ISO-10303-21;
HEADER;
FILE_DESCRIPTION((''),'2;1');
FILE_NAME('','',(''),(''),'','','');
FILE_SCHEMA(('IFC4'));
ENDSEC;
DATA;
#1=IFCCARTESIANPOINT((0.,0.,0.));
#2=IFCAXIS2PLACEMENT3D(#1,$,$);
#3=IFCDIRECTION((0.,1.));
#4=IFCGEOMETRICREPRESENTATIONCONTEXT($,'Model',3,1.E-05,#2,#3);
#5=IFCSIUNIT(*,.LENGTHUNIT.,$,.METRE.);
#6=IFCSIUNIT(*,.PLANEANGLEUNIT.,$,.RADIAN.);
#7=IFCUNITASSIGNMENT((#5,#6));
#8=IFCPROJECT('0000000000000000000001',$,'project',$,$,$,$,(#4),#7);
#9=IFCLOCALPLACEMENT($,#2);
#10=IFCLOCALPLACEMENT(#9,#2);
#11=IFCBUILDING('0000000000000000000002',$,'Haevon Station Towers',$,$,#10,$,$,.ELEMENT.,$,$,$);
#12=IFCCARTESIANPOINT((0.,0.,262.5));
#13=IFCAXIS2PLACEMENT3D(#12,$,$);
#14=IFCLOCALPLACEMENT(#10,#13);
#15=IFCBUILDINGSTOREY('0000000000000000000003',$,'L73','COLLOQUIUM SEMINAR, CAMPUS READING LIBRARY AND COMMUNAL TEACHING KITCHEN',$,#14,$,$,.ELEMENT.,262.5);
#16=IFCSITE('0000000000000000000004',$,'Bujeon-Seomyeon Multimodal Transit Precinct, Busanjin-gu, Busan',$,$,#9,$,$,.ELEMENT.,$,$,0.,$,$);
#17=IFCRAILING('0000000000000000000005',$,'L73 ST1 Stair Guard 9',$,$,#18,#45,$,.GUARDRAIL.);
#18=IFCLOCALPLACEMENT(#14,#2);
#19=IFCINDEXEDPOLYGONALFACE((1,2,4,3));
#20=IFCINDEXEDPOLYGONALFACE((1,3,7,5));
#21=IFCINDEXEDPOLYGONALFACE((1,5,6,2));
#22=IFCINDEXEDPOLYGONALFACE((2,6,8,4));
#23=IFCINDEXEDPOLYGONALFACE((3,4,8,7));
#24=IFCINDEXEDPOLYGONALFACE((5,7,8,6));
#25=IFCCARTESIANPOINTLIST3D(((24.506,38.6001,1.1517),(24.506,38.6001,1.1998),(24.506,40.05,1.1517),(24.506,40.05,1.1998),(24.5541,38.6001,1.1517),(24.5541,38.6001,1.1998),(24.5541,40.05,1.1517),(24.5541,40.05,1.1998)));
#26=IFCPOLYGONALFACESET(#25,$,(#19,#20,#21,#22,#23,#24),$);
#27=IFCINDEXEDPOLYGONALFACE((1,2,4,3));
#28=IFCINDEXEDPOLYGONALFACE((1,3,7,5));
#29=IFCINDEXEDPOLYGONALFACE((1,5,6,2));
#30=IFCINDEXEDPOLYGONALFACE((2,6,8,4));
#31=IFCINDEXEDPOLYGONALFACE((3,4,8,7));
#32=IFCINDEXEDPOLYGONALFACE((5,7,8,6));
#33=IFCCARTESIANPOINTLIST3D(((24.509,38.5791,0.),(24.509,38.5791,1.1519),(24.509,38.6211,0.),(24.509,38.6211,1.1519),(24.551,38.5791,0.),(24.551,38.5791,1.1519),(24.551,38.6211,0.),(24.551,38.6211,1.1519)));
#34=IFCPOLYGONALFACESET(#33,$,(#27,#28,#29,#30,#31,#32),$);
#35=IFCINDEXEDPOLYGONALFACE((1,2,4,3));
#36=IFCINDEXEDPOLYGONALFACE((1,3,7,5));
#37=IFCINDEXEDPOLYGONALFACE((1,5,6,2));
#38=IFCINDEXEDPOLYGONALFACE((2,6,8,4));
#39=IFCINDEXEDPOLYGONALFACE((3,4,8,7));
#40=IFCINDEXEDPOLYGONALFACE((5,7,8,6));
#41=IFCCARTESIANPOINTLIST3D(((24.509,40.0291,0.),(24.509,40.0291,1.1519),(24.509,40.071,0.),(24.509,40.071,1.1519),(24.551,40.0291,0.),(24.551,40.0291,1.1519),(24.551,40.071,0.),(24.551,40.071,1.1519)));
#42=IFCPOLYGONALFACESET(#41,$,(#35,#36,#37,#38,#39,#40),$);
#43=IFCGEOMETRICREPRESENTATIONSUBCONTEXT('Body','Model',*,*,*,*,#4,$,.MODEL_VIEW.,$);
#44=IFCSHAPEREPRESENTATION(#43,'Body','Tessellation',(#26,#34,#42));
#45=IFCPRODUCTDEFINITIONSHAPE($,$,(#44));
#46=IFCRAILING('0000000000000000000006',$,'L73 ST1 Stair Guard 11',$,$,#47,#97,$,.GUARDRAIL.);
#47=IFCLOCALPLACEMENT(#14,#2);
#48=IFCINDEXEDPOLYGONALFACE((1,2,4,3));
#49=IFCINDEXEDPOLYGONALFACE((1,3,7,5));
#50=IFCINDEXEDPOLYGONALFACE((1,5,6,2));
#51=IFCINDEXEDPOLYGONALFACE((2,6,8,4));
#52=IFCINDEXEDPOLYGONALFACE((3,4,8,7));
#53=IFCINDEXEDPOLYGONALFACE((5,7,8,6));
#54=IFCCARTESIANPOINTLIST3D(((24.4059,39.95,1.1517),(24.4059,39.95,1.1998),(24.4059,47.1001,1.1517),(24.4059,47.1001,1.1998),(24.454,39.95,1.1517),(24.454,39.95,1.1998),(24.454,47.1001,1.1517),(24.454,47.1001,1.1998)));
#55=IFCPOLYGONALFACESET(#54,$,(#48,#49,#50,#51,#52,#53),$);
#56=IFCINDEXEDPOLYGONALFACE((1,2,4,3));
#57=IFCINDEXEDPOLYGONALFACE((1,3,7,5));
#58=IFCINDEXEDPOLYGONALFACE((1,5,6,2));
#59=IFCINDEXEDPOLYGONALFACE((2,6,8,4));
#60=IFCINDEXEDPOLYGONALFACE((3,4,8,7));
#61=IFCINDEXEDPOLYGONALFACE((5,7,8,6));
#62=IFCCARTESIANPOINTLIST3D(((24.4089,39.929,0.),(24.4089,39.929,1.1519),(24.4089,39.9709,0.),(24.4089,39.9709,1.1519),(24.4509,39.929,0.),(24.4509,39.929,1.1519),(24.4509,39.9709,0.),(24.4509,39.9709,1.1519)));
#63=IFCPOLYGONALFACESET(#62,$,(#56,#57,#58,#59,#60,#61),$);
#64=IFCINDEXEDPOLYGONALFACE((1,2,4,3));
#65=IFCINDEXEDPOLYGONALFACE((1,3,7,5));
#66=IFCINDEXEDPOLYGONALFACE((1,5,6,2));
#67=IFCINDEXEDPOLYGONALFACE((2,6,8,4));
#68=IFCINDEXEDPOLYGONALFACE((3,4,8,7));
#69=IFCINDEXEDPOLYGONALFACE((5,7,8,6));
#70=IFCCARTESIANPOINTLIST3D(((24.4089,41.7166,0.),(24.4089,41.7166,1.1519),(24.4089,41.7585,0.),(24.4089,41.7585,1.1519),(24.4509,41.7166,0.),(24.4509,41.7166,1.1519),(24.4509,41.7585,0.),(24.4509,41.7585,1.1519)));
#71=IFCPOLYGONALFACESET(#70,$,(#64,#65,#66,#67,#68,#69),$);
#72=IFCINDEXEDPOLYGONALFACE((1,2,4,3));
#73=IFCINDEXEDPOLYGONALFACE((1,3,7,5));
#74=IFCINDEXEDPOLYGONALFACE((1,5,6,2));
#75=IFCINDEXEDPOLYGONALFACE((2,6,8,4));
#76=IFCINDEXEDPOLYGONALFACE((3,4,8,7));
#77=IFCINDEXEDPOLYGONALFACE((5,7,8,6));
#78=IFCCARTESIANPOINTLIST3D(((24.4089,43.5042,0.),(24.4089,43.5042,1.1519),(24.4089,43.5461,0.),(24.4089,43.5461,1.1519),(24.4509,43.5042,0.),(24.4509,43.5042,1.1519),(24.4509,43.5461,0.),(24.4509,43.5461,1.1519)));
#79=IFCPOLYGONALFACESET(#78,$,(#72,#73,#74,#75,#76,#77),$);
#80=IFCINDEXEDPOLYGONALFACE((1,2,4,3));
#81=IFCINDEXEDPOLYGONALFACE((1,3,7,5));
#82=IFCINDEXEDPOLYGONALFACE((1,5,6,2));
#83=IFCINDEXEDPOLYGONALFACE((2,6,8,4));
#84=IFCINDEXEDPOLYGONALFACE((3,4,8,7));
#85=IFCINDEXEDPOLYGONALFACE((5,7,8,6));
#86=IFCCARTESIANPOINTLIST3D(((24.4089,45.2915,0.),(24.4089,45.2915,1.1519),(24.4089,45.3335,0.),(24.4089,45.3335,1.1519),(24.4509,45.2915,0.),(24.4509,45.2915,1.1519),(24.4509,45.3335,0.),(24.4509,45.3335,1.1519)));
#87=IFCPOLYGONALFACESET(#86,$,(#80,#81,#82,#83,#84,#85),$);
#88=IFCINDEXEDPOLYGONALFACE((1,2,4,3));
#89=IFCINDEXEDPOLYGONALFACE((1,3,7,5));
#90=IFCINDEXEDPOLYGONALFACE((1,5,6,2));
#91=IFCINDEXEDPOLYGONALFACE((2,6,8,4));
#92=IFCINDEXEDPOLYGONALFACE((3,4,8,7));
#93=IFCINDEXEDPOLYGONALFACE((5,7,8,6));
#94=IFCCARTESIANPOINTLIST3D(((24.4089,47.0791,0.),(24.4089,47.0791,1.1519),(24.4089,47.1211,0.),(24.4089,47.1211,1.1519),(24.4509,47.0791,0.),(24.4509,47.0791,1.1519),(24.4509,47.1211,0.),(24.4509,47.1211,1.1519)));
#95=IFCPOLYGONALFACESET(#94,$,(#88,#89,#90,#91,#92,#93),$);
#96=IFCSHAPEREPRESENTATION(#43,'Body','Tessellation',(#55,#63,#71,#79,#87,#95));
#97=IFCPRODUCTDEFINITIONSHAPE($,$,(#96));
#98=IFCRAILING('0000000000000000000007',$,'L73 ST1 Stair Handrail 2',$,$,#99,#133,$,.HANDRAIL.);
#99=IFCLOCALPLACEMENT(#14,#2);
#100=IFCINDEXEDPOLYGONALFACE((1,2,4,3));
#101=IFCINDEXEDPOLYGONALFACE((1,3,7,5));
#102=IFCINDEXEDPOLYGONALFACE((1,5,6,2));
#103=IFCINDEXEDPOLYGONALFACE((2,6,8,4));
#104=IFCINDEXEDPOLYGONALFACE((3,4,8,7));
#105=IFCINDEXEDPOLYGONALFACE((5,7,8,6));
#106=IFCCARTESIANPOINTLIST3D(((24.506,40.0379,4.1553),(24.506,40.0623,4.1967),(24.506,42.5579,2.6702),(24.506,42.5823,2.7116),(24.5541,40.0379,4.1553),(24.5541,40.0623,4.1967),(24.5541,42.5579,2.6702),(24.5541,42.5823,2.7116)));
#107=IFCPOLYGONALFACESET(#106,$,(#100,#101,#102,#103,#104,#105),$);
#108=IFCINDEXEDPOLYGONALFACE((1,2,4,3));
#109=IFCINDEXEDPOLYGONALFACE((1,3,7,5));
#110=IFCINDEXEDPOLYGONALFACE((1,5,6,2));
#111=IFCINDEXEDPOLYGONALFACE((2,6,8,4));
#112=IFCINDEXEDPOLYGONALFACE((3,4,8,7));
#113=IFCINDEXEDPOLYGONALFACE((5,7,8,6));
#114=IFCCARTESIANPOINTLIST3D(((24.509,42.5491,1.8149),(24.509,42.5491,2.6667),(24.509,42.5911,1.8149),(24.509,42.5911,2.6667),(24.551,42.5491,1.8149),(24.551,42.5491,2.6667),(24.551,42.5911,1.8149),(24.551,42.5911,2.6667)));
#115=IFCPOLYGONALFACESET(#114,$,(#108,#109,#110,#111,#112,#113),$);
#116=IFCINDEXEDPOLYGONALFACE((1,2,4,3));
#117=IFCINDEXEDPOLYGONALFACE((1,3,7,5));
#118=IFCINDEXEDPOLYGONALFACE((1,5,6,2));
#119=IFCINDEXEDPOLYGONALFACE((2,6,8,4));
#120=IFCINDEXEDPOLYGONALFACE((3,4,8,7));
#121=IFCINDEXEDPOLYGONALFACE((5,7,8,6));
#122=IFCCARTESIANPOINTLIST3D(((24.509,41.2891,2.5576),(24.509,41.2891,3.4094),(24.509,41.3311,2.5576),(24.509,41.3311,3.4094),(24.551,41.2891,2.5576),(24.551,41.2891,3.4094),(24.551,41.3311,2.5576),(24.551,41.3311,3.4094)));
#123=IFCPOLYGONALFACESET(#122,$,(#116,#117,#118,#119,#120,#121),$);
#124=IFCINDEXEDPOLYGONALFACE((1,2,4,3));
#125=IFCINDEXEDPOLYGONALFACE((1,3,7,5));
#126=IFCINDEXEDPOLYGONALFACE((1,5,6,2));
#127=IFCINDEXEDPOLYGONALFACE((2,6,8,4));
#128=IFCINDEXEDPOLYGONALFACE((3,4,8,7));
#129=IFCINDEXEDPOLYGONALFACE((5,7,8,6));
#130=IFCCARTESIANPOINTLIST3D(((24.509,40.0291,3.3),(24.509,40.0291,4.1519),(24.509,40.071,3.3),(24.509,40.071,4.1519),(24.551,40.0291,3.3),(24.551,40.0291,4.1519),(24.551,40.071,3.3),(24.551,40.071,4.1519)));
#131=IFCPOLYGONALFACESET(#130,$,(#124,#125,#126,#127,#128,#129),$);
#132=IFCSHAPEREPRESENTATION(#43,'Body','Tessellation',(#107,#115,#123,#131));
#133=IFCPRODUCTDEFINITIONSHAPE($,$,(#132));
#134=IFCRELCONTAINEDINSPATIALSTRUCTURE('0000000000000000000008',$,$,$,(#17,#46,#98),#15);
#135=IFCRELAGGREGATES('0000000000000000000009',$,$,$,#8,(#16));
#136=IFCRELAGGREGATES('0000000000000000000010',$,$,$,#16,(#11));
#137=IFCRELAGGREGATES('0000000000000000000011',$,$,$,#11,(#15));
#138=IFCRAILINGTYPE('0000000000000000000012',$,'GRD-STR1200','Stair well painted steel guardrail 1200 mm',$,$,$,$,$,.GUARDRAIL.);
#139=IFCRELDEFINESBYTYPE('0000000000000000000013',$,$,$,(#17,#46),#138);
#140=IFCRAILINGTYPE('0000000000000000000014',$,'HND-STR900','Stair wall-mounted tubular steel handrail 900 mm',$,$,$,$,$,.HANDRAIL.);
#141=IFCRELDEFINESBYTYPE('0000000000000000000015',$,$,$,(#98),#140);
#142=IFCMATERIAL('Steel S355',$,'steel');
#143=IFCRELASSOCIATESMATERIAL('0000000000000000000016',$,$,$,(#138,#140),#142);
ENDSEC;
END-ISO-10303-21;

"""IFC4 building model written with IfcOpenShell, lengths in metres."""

from ifc_helpers import new_model, si_unit, direction, frame, origin, origin_2d, place, context, subcontext, project, spatial, rectangle, extrude, material, type_object, element, save


model = new_model("IFC4")

# Units and contexts
model_context = context("Model", 3, precision=1e-05, world=origin(), true_north=direction((0.0, 1.0)))
body_context = subcontext(model_context, "Body", "Model", "MODEL_VIEW")
ifc_project = project(units=[si_unit("LENGTHUNIT", "METRE"), si_unit("PLANEANGLEUNIT", "RADIAN")], contexts=[model_context])

# Site, building, storey
site_placement = place(None, origin())
site = spatial("IfcSite", under=ifc_project, at=site_placement, Name="Bujeon-Seomyeon Multimodal Transit Precinct, Busanjin-gu, Busan", CompositionType="ELEMENT", RefElevation=0.0)
building_placement = place(site_placement, origin())
building = spatial("IfcBuilding", under=site, at=building_placement, Name="Haevon Station Towers", CompositionType="ELEMENT")
storey_placement = place(building_placement, frame((0.0, 0.0, 262.5)))
storey = spatial("IfcBuildingStorey", under=building, at=storey_placement, Name="L73", Description="COLLOQUIUM SEMINAR, CAMPUS READING LIBRARY AND COMMUNAL TEACHING KITCHEN", CompositionType="ELEMENT", Elevation=262.5)

# Shared definitions
ifc_material_1 = material(Name="Steel S355", Category="steel")

# Railings
railing_type_1 = type_object("IfcRailingType", Name="GRD-STR1200", Description="Stair well painted steel guardrail 1200 mm", PredefinedType="GUARDRAIL", material=ifc_material_1)
railing_1_placement = place(storey_placement, frame((24.53, 38.6001, 0.0)))
element("IfcRailing", 1, at=railing_1_placement, inside=storey, type_object=railing_type_1, Name="L73 ST1 Stair Guard 9", PredefinedType="GUARDRAIL", context=body_context, shape_type="SweptSolid", body=[
    extrude(rectangle(XDim=0.0481, YDim=0.0481, at=origin_2d()), frame((0.0, 0.0, 1.1758), z_axis=(0.0, 1.0, 0.0), x_axis=(-1.0, 0.0, 0.0)), (0.0, 0.0, 1.0), 1.45),
    extrude(rectangle(XDim=0.042, YDim=0.042, at=origin_2d()), origin(), (0.0, 0.0, 1.0), 1.1519),
    extrude(rectangle(XDim=0.042, YDim=0.042, at=origin_2d()), frame((0.0, 1.45, 0.0)), (0.0, 0.0, 1.0), 1.1519),
])
railing_2_placement = place(storey_placement, frame((24.4299, 39.95, 0.0)))
element("IfcRailing", 2, at=railing_2_placement, inside=storey, type_object=railing_type_1, Name="L73 ST1 Stair Guard 11", PredefinedType="GUARDRAIL", context=body_context, shape_type="SweptSolid", body=[
    extrude(rectangle(XDim=0.0481, YDim=0.0481, at=origin_2d()), frame((0.0, 0.0, 1.1758), z_axis=(0.0, 1.0, 0.0), x_axis=(-1.0, 0.0, 0.0)), (0.0, 0.0, 1.0), 7.1501),
    extrude(rectangle(XDim=0.042, YDim=0.042, at=origin_2d()), origin(), (0.0, 0.0, 1.0), 1.1519),
    extrude(rectangle(XDim=0.042, YDim=0.042, at=origin_2d()), frame((0.0, 1.7876, 0.0)), (0.0, 0.0, 1.0), 1.1519),
    extrude(rectangle(XDim=0.042, YDim=0.042, at=origin_2d()), frame((0.0, 3.5752, 0.0)), (0.0, 0.0, 1.0), 1.1519),
    extrude(rectangle(XDim=0.042, YDim=0.042, at=origin_2d()), frame((0.0, 5.3625, 0.0)), (0.0, 0.0, 1.0), 1.1519),
    extrude(rectangle(XDim=0.042, YDim=0.042, at=origin_2d()), frame((0.0, 7.1501, 0.0)), (0.0, 0.0, 1.0), 1.1519),
])
railing_type_2 = type_object("IfcRailingType", Name="HND-STR900", Description="Stair wall-mounted tubular steel handrail 900 mm", PredefinedType="HANDRAIL", material=ifc_material_1)
railing_3_placement = place(storey_placement, frame((24.53, 42.5701, 1.8149)))
element("IfcRailing", 3, at=railing_3_placement, inside=storey, type_object=railing_type_2, Name="L73 ST1 Stair Handrail 2", PredefinedType="HANDRAIL", context=body_context, shape_type="SweptSolid", body=[
    extrude(rectangle(XDim=0.0481, YDim=0.0481, at=origin_2d()), frame((0.0, 0.0, 0.876), z_axis=(0.0, -0.861524, 0.507717), x_axis=(1.0, 0.0, 0.0)), (0.0, 0.0, 1.0), 2.925),
    extrude(rectangle(XDim=0.042, YDim=0.042, at=origin_2d()), origin(), (0.0, 0.0, 1.0), 0.8518),
    extrude(rectangle(XDim=0.042, YDim=0.042, at=origin_2d()), frame((0.0, -1.26, 0.7427)), (0.0, 0.0, 1.0), 0.8518),
    extrude(rectangle(XDim=0.042, YDim=0.042, at=origin_2d()), frame((0.0, -2.52, 1.4851)), (0.0, 0.0, 1.0), 0.8518),
])

save(model, "model.ifc")
